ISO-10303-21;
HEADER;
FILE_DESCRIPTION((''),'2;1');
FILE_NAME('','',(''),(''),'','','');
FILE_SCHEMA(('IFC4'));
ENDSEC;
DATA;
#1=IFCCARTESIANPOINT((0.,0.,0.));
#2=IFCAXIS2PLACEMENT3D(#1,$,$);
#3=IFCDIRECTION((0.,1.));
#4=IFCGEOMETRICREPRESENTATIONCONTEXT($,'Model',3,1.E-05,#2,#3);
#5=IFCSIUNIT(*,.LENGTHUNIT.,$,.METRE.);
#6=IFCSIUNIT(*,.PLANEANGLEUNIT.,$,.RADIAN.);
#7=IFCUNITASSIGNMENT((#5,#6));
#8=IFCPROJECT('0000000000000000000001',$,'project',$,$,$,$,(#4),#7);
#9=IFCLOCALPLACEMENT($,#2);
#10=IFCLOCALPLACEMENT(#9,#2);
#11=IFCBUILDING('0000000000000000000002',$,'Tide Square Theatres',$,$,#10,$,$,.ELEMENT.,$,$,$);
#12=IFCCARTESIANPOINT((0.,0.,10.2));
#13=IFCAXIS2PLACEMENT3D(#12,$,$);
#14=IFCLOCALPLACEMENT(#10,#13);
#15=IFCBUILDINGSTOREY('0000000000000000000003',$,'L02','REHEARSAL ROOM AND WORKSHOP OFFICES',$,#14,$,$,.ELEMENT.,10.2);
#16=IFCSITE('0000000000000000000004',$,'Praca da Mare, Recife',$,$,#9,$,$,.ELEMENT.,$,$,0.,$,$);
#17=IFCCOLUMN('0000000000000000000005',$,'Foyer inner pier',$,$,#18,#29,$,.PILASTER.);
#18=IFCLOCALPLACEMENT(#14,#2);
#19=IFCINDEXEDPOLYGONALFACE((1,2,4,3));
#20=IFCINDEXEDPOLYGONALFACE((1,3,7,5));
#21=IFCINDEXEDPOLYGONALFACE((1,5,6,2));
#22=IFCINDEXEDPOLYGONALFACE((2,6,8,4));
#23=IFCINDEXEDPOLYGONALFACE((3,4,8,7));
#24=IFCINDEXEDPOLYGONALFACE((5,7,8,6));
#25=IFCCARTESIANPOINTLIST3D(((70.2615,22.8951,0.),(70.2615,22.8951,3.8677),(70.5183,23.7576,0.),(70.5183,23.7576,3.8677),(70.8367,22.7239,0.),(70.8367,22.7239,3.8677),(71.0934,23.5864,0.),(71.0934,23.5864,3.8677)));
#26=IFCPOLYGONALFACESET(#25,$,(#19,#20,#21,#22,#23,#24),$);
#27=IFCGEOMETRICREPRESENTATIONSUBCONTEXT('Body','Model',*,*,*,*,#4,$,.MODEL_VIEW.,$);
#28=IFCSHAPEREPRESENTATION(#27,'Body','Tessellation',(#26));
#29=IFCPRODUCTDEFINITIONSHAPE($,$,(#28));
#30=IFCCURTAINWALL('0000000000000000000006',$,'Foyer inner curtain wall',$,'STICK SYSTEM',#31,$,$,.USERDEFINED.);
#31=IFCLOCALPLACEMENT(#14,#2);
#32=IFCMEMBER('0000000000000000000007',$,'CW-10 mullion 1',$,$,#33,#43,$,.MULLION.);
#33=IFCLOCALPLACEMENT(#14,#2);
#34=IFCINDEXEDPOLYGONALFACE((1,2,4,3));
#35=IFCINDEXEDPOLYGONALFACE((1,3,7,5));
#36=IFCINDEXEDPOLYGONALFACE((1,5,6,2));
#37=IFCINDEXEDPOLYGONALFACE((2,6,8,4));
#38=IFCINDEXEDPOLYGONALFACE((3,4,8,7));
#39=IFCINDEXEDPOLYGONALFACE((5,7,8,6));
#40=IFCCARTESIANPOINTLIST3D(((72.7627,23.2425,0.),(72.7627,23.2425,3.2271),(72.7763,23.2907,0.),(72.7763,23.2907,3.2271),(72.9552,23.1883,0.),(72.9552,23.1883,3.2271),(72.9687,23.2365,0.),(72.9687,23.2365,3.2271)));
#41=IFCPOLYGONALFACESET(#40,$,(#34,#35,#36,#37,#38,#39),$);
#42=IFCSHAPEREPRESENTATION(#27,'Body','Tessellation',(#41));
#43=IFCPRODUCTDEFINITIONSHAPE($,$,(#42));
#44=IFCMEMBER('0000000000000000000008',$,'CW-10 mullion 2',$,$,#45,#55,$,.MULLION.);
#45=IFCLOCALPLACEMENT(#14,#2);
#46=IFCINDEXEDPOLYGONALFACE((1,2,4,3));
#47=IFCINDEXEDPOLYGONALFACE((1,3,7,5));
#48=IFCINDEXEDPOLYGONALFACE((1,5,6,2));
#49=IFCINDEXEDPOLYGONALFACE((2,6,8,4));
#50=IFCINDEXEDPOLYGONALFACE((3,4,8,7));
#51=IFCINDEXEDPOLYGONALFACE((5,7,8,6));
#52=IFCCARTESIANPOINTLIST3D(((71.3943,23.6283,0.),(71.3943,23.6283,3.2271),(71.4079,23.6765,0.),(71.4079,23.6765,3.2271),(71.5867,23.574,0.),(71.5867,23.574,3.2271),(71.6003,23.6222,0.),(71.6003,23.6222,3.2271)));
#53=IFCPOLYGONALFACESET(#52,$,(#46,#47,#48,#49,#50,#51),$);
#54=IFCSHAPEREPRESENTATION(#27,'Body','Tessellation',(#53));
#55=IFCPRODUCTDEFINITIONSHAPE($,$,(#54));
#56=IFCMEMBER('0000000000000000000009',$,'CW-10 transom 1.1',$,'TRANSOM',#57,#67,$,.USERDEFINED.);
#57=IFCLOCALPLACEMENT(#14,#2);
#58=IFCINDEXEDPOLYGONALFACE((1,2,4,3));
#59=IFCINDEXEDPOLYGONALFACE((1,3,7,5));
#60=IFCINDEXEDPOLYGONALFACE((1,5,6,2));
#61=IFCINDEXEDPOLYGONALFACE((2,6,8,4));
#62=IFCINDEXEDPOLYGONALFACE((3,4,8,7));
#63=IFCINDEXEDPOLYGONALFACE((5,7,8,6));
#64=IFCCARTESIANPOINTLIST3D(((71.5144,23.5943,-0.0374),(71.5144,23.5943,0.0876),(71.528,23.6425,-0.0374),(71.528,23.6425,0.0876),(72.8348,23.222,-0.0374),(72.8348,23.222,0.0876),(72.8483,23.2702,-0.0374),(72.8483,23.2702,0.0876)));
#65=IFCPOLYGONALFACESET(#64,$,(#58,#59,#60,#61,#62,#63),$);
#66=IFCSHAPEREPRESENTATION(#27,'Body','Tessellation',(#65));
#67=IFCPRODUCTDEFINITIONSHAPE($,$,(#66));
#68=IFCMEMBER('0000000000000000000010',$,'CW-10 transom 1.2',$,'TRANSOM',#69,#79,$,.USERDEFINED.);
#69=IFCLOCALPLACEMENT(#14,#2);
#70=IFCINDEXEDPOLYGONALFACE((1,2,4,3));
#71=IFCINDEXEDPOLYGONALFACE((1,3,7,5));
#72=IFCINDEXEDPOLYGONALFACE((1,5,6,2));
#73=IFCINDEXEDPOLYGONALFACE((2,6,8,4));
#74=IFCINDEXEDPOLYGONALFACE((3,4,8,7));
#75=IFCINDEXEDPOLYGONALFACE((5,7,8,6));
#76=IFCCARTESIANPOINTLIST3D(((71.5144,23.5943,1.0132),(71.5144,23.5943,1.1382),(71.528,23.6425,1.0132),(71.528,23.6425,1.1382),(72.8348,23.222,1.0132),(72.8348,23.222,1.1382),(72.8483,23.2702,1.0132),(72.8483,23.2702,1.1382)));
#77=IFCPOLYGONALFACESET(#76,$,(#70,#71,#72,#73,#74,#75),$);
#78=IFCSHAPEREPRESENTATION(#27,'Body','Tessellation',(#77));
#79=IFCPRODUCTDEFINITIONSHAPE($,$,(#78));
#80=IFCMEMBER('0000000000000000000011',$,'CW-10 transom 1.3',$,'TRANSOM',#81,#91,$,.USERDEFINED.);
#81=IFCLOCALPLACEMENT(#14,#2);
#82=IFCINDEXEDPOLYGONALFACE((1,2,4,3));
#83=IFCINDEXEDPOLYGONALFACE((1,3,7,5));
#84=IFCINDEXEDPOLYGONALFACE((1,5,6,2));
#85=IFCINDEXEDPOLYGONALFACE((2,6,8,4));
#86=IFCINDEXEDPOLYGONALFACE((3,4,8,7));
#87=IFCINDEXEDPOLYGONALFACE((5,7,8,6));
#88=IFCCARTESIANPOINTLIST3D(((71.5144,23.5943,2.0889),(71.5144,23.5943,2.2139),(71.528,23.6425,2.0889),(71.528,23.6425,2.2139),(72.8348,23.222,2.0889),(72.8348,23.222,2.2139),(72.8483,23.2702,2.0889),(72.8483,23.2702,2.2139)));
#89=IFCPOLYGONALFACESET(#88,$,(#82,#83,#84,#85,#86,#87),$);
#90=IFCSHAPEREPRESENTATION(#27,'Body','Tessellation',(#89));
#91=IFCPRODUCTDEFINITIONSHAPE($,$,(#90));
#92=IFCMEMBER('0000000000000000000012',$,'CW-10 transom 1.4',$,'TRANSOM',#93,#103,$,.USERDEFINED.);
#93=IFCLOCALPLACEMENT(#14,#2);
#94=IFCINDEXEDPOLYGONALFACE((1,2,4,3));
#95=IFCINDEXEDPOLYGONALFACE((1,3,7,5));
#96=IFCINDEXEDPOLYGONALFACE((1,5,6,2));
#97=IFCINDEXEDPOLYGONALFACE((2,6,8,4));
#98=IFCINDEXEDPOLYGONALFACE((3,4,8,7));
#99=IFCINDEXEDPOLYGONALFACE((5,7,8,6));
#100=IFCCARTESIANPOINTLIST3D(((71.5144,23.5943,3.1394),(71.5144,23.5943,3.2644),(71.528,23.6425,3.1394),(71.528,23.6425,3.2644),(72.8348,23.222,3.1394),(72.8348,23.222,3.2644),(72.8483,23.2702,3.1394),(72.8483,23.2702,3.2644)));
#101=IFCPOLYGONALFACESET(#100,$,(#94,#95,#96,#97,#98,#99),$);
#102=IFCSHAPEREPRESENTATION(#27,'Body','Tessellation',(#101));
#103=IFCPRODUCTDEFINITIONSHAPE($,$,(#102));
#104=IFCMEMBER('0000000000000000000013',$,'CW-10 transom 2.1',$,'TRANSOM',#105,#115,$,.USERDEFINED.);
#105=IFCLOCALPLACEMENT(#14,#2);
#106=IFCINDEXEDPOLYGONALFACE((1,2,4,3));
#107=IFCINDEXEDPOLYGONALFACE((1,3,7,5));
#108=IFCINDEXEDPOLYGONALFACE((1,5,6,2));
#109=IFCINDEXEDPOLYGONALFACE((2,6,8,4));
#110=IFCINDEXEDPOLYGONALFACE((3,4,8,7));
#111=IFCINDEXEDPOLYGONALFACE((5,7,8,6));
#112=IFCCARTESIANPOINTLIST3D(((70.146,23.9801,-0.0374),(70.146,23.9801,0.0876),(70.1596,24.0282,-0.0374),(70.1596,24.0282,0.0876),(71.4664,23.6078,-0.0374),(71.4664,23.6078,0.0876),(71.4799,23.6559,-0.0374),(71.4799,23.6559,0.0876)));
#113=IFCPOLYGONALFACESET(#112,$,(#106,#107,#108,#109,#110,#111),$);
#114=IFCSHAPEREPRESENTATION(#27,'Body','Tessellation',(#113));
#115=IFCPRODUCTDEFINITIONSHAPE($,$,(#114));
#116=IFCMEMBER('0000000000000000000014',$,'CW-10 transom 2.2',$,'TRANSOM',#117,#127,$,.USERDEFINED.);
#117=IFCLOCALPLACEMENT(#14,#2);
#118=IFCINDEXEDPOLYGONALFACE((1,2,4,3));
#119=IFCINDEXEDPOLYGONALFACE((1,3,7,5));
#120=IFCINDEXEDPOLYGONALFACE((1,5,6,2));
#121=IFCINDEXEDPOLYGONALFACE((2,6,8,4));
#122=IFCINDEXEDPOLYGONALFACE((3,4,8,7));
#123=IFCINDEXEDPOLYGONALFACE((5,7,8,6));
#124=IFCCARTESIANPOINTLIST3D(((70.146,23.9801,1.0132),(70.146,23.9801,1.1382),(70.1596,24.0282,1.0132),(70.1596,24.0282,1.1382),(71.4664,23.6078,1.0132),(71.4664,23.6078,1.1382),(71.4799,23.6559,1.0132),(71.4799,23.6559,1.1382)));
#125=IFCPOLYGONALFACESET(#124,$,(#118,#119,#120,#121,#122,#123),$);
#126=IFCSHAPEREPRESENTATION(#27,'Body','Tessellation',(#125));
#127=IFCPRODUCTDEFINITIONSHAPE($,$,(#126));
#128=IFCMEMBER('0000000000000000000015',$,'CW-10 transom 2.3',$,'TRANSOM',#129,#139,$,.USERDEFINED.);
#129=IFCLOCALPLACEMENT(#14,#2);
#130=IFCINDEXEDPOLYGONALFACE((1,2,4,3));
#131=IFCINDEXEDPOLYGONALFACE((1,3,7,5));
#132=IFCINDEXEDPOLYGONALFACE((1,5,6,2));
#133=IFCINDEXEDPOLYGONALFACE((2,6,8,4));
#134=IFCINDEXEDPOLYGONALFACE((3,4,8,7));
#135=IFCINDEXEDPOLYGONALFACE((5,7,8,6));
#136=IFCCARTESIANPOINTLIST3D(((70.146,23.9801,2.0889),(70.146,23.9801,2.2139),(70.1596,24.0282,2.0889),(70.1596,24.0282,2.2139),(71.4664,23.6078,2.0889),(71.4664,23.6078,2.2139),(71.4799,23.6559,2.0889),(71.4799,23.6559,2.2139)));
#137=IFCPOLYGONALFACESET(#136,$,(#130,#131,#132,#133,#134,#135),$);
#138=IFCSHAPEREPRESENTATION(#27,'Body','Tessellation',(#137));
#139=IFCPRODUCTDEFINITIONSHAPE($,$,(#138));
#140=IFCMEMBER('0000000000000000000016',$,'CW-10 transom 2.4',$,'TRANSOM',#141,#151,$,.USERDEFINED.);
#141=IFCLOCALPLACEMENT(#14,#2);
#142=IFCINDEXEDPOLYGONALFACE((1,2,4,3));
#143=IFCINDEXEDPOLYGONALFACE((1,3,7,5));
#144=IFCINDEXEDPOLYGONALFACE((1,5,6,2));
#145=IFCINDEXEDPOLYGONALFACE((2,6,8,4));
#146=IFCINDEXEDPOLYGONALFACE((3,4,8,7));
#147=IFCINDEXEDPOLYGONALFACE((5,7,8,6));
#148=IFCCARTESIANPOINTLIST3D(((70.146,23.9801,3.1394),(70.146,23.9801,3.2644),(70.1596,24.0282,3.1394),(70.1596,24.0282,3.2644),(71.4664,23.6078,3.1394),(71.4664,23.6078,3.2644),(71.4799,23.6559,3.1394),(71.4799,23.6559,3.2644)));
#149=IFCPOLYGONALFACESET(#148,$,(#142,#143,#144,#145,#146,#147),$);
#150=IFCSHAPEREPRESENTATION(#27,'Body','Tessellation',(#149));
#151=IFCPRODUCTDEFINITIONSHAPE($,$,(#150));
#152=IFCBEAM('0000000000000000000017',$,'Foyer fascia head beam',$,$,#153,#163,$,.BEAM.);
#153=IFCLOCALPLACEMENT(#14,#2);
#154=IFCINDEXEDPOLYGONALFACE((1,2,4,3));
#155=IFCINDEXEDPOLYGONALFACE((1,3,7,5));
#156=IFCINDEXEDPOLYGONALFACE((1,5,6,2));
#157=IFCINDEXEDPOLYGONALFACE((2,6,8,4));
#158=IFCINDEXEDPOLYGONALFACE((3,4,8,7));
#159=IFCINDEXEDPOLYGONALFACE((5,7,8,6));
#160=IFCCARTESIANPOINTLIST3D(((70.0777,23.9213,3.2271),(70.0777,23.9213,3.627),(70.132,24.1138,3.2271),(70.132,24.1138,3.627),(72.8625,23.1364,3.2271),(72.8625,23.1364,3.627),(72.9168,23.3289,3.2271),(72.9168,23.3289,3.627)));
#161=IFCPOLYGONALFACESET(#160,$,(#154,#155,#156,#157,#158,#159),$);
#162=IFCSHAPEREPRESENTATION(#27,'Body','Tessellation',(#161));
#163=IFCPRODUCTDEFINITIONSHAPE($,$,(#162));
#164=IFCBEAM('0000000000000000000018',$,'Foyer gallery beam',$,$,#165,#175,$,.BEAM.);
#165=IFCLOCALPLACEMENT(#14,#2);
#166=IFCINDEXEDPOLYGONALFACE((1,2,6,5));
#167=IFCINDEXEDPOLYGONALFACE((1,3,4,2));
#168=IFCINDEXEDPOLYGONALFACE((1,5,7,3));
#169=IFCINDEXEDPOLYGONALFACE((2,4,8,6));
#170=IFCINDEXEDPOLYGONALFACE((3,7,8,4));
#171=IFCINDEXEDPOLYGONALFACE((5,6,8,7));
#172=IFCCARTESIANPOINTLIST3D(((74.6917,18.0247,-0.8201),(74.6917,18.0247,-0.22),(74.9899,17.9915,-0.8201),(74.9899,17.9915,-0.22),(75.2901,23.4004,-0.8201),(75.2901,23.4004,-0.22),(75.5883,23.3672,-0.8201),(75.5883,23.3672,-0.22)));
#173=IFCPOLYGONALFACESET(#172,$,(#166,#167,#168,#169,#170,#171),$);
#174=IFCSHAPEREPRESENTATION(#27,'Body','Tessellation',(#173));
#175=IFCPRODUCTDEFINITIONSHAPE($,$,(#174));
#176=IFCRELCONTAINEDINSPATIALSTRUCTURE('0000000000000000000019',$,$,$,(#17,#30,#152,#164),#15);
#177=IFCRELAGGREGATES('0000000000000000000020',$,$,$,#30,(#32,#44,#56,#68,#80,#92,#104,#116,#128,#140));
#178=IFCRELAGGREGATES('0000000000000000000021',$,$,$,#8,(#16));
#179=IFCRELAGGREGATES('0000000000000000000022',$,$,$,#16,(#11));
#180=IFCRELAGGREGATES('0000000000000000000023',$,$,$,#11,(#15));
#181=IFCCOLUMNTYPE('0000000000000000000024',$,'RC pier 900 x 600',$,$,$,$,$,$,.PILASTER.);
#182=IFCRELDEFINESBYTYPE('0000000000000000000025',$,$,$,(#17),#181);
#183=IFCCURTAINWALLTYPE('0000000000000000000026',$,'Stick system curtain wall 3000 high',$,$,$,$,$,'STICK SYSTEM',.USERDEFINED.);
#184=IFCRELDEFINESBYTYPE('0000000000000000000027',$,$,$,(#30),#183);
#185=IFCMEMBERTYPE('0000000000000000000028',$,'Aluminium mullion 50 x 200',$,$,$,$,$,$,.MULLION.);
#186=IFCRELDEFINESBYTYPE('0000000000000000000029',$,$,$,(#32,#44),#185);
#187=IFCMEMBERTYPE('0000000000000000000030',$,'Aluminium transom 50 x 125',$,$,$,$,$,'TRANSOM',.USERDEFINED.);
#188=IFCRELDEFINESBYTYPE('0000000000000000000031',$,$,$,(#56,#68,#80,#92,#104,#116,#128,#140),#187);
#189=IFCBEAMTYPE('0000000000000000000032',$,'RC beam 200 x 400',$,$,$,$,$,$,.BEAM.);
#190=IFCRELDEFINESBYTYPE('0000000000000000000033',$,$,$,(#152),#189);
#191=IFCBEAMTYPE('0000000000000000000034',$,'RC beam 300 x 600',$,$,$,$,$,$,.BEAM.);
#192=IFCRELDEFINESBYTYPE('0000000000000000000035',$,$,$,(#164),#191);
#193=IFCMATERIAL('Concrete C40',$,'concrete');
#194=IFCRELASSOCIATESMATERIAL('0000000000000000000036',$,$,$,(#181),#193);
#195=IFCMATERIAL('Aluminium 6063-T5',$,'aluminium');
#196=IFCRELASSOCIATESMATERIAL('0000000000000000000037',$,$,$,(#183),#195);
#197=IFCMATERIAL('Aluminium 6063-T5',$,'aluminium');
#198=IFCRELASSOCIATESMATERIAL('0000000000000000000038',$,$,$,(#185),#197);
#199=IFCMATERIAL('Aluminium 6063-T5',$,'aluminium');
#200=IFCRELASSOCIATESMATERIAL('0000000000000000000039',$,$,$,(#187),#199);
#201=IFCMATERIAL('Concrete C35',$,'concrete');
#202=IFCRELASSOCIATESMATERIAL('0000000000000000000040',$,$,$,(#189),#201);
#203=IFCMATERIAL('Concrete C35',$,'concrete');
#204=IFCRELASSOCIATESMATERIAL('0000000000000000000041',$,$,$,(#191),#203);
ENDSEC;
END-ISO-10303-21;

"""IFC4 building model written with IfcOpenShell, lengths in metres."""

from ifc_helpers import new_model, si_unit, direction, frame, origin, origin_2d, place, context, subcontext, project, spatial, rectangle, extrude, material, material_profile, profile_set, type_object, element, aggregate, save


model = new_model("IFC4")

# Units and contexts
model_context = context("Model", 3, precision=1e-05, world=origin(), true_north=direction((0.0, 1.0)))
body_context = subcontext(model_context, "Body", "Model", "MODEL_VIEW")
ifc_project = project(units=[si_unit("LENGTHUNIT", "METRE"), si_unit("PLANEANGLEUNIT", "RADIAN")], contexts=[model_context])

# Site, building, storey
site_placement = place(None, origin())
site = spatial("IfcSite", under=ifc_project, at=site_placement, Name="Praca da Mare, Recife", CompositionType="ELEMENT", RefElevation=0.0)
building_placement = place(site_placement, origin())
building = spatial("IfcBuilding", under=site, at=building_placement, Name="Tide Square Theatres", CompositionType="ELEMENT")
storey_placement = place(building_placement, frame((0.0, 0.0, 10.2)))
storey = spatial("IfcBuildingStorey", under=building, at=storey_placement, Name="L02", Description="REHEARSAL ROOM AND WORKSHOP OFFICES", CompositionType="ELEMENT", Elevation=10.2)

# Column
ifc_material_1 = material(Name="Concrete C40", Category="concrete")
ifc_material_profile_1 = material_profile(ifc_material_1, rectangle(XDim=0.8999, YDim=0.6001, at=origin_2d()))
ifc_profile_set_1 = profile_set([ifc_material_profile_1], Name="Concrete C40")
column_type = type_object("IfcColumnType", Name="RC pier 900 x 600", PredefinedType="PILASTER", material=ifc_profile_set_1)
column_placement = place(storey_placement, frame((70.6775, 23.2407, 0.0), z_axis=(0.0, 0.0, 1.0), x_axis=(-0.285282, -0.958444, 0.0)))
element("IfcColumn", 1, at=column_placement, inside=storey, type_object=column_type, Name="Foyer inner pier", PredefinedType="PILASTER", context=body_context, shape_type="SweptSolid", body=[
    extrude(rectangle(XDim=0.8999, YDim=0.6001, at=origin_2d()), origin(), (0.0, 0.0, 1.0), 3.8677),
])

# Curtain wall, members
ifc_material_2 = material(Name="Aluminium 6063-T5", Category="aluminium")
curtain_wall_type = type_object("IfcCurtainWallType", Name="Stick system curtain wall 3000 high", ElementType="STICK SYSTEM", PredefinedType="USERDEFINED", material=ifc_material_2)
curtain_wall_placement = place(storey_placement, origin())
curtain_wall = element("IfcCurtainWall", 2, at=curtain_wall_placement, inside=storey, type_object=curtain_wall_type, Name="Foyer inner curtain wall", ObjectType="STICK SYSTEM", PredefinedType="USERDEFINED")
ifc_material_3 = material(Name="Aluminium 6063-T5", Category="aluminium")
ifc_material_profile_2 = material_profile(ifc_material_3, rectangle(XDim=0.05, YDim=0.2, at=origin_2d()))
ifc_profile_set_2 = profile_set([ifc_material_profile_2], Name="Aluminium 6063-T5")
member_type_1 = type_object("IfcMemberType", Name="Aluminium mullion 50 x 200", PredefinedType="MULLION", material=ifc_profile_set_2)
member_1_placement = place(storey_placement, frame((72.8657, 23.2395, 0.0), z_axis=(0.0, 0.0, 1.0), x_axis=(-0.271328, -0.962487, 0.0)))
member_1 = element("IfcMember", 3, at=member_1_placement, type_object=member_type_1, Name="CW-10 mullion 1", PredefinedType="MULLION", context=body_context, shape_type="SweptSolid", body=[
    extrude(rectangle(XDim=0.05, YDim=0.2, at=origin_2d()), origin(), (0.0, 0.0, 1.0), 3.2271),
])
member_2_placement = place(storey_placement, frame((71.4973, 23.6252, 0.0), z_axis=(0.0, 0.0, 1.0), x_axis=(-0.271328, -0.962487, 0.0)))
member_2 = element("IfcMember", 4, at=member_2_placement, type_object=member_type_1, Name="CW-10 mullion 2", PredefinedType="MULLION", context=body_context, shape_type="SweptSolid", body=[
    extrude(rectangle(XDim=0.05, YDim=0.2, at=origin_2d()), origin(), (0.0, 0.0, 1.0), 3.2271),
])
ifc_material_4 = material(Name="Aluminium 6063-T5", Category="aluminium")
ifc_material_profile_3 = material_profile(ifc_material_4, rectangle(XDim=0.05, YDim=0.125, at=origin_2d()))
ifc_profile_set_3 = profile_set([ifc_material_profile_3], Name="Aluminium 6063-T5")
member_type_2 = type_object("IfcMemberType", Name="Aluminium transom 50 x 125", ElementType="TRANSOM", PredefinedType="USERDEFINED", material=ifc_profile_set_3)
member_3_placement = place(storey_placement, frame((72.8416, 23.2461, 0.0251), z_axis=(-0.962465, 0.271405, 0.0), x_axis=(-0.271405, -0.962465, 0.0)))
member_3 = element("IfcMember", 5, at=member_3_placement, type_object=member_type_2, Name="CW-10 transom 1.1", ObjectType="TRANSOM", PredefinedType="USERDEFINED", context=body_context, shape_type="SweptSolid", body=[
    extrude(rectangle(XDim=0.05, YDim=0.125, at=origin_2d()), origin(), (0.0, 0.0, 1.0), 1.3718),
])
member_4_placement = place(storey_placement, frame((72.8416, 23.2461, 1.0757), z_axis=(-0.962465, 0.271405, 0.0), x_axis=(-0.271405, -0.962465, 0.0)))
member_4 = element("IfcMember", 6, at=member_4_placement, type_object=member_type_2, Name="CW-10 transom 1.2", ObjectType="TRANSOM", PredefinedType="USERDEFINED", context=body_context, shape_type="SweptSolid", body=[
    extrude(rectangle(XDim=0.05, YDim=0.125, at=origin_2d()), origin(), (0.0, 0.0, 1.0), 1.3718),
])
member_5_placement = place(storey_placement, frame((72.8416, 23.2461, 2.1514), z_axis=(-0.962465, 0.271405, 0.0), x_axis=(-0.271405, -0.962465, 0.0)))
member_5 = element("IfcMember", 7, at=member_5_placement, type_object=member_type_2, Name="CW-10 transom 1.3", ObjectType="TRANSOM", PredefinedType="USERDEFINED", context=body_context, shape_type="SweptSolid", body=[
    extrude(rectangle(XDim=0.05, YDim=0.125, at=origin_2d()), origin(), (0.0, 0.0, 1.0), 1.3718),
])
member_6_placement = place(storey_placement, frame((72.8416, 23.2461, 3.2019), z_axis=(-0.962465, 0.271405, 0.0), x_axis=(-0.271405, -0.962465, 0.0)))
member_6 = element("IfcMember", 8, at=member_6_placement, type_object=member_type_2, Name="CW-10 transom 1.4", ObjectType="TRANSOM", PredefinedType="USERDEFINED", context=body_context, shape_type="SweptSolid", body=[
    extrude(rectangle(XDim=0.05, YDim=0.125, at=origin_2d()), origin(), (0.0, 0.0, 1.0), 1.3718),
])
member_7_placement = place(storey_placement, frame((71.4731, 23.6318, 0.0251), z_axis=(-0.962465, 0.271405, 0.0), x_axis=(-0.271405, -0.962465, 0.0)))
member_7 = element("IfcMember", 9, at=member_7_placement, type_object=member_type_2, Name="CW-10 transom 2.1", ObjectType="TRANSOM", PredefinedType="USERDEFINED", context=body_context, shape_type="SweptSolid", body=[
    extrude(rectangle(XDim=0.05, YDim=0.125, at=origin_2d()), origin(), (0.0, 0.0, 1.0), 1.3718),
])
member_8_placement = place(storey_placement, frame((71.4731, 23.6318, 1.0757), z_axis=(-0.962465, 0.271405, 0.0), x_axis=(-0.271405, -0.962465, 0.0)))
member_8 = element("IfcMember", 10, at=member_8_placement, type_object=member_type_2, Name="CW-10 transom 2.2", ObjectType="TRANSOM", PredefinedType="USERDEFINED", context=body_context, shape_type="SweptSolid", body=[
    extrude(rectangle(XDim=0.05, YDim=0.125, at=origin_2d()), origin(), (0.0, 0.0, 1.0), 1.3718),
])
member_9_placement = place(storey_placement, frame((71.4731, 23.6318, 2.1514), z_axis=(-0.962465, 0.271405, 0.0), x_axis=(-0.271405, -0.962465, 0.0)))
member_9 = element("IfcMember", 11, at=member_9_placement, type_object=member_type_2, Name="CW-10 transom 2.3", ObjectType="TRANSOM", PredefinedType="USERDEFINED", context=body_context, shape_type="SweptSolid", body=[
    extrude(rectangle(XDim=0.05, YDim=0.125, at=origin_2d()), origin(), (0.0, 0.0, 1.0), 1.3718),
])
member_10_placement = place(storey_placement, frame((71.4731, 23.6318, 3.2019), z_axis=(-0.962465, 0.271405, 0.0), x_axis=(-0.271405, -0.962465, 0.0)))
member_10 = element("IfcMember", 12, at=member_10_placement, type_object=member_type_2, Name="CW-10 transom 2.4", ObjectType="TRANSOM", PredefinedType="USERDEFINED", context=body_context, shape_type="SweptSolid", body=[
    extrude(rectangle(XDim=0.05, YDim=0.125, at=origin_2d()), origin(), (0.0, 0.0, 1.0), 1.3718),
])

# Beams
ifc_material_5 = material(Name="Concrete C35", Category="concrete")
ifc_material_profile_4 = material_profile(ifc_material_5, rectangle(XDim=0.2, YDim=0.3999, at=origin_2d()))
ifc_profile_set_4 = profile_set([ifc_material_profile_4], Name="Concrete C35")
beam_type_1 = type_object("IfcBeamType", Name="RC beam 200 x 400", PredefinedType="BEAM", material=ifc_profile_set_4)
beam_1_placement = place(storey_placement, frame((72.8896, 23.2327, 3.427), z_axis=(-0.962502, 0.271276, 0.0), x_axis=(-0.271276, -0.962502, 0.0)))
element("IfcBeam", 13, at=beam_1_placement, inside=storey, type_object=beam_type_1, Name="Foyer fascia head beam", PredefinedType="BEAM", context=body_context, shape_type="SweptSolid", body=[
    extrude(rectangle(XDim=0.2, YDim=0.3999, at=origin_2d()), origin(), (0.0, 0.0, 1.0), 2.8933),
])
ifc_material_6 = material(Name="Concrete C35", Category="concrete")
ifc_material_profile_5 = material_profile(ifc_material_6, rectangle(XDim=0.3, YDim=0.6001, at=origin_2d()))
ifc_profile_set_5 = profile_set([ifc_material_profile_5], Name="Concrete C35")
beam_type_2 = type_object("IfcBeamType", Name="RC beam 300 x 600", PredefinedType="BEAM", material=ifc_profile_set_5)
beam_2_placement = place(storey_placement, frame((74.8408, 18.0081, -0.52), z_axis=(0.11063, 0.993862, 0.0), x_axis=(-0.993862, 0.11063, 0.0)))
element("IfcBeam", 14, at=beam_2_placement, inside=storey, type_object=beam_type_2, Name="Foyer gallery beam", PredefinedType="BEAM", context=body_context, shape_type="SweptSolid", body=[
    extrude(rectangle(XDim=0.3, YDim=0.6001, at=origin_2d()), origin(), (0.0, 0.0, 1.0), 5.4089),
])

aggregate(curtain_wall, [member_1, member_2, member_3, member_4, member_5, member_6, member_7, member_8, member_9, member_10])

save(model, "model.ifc")
